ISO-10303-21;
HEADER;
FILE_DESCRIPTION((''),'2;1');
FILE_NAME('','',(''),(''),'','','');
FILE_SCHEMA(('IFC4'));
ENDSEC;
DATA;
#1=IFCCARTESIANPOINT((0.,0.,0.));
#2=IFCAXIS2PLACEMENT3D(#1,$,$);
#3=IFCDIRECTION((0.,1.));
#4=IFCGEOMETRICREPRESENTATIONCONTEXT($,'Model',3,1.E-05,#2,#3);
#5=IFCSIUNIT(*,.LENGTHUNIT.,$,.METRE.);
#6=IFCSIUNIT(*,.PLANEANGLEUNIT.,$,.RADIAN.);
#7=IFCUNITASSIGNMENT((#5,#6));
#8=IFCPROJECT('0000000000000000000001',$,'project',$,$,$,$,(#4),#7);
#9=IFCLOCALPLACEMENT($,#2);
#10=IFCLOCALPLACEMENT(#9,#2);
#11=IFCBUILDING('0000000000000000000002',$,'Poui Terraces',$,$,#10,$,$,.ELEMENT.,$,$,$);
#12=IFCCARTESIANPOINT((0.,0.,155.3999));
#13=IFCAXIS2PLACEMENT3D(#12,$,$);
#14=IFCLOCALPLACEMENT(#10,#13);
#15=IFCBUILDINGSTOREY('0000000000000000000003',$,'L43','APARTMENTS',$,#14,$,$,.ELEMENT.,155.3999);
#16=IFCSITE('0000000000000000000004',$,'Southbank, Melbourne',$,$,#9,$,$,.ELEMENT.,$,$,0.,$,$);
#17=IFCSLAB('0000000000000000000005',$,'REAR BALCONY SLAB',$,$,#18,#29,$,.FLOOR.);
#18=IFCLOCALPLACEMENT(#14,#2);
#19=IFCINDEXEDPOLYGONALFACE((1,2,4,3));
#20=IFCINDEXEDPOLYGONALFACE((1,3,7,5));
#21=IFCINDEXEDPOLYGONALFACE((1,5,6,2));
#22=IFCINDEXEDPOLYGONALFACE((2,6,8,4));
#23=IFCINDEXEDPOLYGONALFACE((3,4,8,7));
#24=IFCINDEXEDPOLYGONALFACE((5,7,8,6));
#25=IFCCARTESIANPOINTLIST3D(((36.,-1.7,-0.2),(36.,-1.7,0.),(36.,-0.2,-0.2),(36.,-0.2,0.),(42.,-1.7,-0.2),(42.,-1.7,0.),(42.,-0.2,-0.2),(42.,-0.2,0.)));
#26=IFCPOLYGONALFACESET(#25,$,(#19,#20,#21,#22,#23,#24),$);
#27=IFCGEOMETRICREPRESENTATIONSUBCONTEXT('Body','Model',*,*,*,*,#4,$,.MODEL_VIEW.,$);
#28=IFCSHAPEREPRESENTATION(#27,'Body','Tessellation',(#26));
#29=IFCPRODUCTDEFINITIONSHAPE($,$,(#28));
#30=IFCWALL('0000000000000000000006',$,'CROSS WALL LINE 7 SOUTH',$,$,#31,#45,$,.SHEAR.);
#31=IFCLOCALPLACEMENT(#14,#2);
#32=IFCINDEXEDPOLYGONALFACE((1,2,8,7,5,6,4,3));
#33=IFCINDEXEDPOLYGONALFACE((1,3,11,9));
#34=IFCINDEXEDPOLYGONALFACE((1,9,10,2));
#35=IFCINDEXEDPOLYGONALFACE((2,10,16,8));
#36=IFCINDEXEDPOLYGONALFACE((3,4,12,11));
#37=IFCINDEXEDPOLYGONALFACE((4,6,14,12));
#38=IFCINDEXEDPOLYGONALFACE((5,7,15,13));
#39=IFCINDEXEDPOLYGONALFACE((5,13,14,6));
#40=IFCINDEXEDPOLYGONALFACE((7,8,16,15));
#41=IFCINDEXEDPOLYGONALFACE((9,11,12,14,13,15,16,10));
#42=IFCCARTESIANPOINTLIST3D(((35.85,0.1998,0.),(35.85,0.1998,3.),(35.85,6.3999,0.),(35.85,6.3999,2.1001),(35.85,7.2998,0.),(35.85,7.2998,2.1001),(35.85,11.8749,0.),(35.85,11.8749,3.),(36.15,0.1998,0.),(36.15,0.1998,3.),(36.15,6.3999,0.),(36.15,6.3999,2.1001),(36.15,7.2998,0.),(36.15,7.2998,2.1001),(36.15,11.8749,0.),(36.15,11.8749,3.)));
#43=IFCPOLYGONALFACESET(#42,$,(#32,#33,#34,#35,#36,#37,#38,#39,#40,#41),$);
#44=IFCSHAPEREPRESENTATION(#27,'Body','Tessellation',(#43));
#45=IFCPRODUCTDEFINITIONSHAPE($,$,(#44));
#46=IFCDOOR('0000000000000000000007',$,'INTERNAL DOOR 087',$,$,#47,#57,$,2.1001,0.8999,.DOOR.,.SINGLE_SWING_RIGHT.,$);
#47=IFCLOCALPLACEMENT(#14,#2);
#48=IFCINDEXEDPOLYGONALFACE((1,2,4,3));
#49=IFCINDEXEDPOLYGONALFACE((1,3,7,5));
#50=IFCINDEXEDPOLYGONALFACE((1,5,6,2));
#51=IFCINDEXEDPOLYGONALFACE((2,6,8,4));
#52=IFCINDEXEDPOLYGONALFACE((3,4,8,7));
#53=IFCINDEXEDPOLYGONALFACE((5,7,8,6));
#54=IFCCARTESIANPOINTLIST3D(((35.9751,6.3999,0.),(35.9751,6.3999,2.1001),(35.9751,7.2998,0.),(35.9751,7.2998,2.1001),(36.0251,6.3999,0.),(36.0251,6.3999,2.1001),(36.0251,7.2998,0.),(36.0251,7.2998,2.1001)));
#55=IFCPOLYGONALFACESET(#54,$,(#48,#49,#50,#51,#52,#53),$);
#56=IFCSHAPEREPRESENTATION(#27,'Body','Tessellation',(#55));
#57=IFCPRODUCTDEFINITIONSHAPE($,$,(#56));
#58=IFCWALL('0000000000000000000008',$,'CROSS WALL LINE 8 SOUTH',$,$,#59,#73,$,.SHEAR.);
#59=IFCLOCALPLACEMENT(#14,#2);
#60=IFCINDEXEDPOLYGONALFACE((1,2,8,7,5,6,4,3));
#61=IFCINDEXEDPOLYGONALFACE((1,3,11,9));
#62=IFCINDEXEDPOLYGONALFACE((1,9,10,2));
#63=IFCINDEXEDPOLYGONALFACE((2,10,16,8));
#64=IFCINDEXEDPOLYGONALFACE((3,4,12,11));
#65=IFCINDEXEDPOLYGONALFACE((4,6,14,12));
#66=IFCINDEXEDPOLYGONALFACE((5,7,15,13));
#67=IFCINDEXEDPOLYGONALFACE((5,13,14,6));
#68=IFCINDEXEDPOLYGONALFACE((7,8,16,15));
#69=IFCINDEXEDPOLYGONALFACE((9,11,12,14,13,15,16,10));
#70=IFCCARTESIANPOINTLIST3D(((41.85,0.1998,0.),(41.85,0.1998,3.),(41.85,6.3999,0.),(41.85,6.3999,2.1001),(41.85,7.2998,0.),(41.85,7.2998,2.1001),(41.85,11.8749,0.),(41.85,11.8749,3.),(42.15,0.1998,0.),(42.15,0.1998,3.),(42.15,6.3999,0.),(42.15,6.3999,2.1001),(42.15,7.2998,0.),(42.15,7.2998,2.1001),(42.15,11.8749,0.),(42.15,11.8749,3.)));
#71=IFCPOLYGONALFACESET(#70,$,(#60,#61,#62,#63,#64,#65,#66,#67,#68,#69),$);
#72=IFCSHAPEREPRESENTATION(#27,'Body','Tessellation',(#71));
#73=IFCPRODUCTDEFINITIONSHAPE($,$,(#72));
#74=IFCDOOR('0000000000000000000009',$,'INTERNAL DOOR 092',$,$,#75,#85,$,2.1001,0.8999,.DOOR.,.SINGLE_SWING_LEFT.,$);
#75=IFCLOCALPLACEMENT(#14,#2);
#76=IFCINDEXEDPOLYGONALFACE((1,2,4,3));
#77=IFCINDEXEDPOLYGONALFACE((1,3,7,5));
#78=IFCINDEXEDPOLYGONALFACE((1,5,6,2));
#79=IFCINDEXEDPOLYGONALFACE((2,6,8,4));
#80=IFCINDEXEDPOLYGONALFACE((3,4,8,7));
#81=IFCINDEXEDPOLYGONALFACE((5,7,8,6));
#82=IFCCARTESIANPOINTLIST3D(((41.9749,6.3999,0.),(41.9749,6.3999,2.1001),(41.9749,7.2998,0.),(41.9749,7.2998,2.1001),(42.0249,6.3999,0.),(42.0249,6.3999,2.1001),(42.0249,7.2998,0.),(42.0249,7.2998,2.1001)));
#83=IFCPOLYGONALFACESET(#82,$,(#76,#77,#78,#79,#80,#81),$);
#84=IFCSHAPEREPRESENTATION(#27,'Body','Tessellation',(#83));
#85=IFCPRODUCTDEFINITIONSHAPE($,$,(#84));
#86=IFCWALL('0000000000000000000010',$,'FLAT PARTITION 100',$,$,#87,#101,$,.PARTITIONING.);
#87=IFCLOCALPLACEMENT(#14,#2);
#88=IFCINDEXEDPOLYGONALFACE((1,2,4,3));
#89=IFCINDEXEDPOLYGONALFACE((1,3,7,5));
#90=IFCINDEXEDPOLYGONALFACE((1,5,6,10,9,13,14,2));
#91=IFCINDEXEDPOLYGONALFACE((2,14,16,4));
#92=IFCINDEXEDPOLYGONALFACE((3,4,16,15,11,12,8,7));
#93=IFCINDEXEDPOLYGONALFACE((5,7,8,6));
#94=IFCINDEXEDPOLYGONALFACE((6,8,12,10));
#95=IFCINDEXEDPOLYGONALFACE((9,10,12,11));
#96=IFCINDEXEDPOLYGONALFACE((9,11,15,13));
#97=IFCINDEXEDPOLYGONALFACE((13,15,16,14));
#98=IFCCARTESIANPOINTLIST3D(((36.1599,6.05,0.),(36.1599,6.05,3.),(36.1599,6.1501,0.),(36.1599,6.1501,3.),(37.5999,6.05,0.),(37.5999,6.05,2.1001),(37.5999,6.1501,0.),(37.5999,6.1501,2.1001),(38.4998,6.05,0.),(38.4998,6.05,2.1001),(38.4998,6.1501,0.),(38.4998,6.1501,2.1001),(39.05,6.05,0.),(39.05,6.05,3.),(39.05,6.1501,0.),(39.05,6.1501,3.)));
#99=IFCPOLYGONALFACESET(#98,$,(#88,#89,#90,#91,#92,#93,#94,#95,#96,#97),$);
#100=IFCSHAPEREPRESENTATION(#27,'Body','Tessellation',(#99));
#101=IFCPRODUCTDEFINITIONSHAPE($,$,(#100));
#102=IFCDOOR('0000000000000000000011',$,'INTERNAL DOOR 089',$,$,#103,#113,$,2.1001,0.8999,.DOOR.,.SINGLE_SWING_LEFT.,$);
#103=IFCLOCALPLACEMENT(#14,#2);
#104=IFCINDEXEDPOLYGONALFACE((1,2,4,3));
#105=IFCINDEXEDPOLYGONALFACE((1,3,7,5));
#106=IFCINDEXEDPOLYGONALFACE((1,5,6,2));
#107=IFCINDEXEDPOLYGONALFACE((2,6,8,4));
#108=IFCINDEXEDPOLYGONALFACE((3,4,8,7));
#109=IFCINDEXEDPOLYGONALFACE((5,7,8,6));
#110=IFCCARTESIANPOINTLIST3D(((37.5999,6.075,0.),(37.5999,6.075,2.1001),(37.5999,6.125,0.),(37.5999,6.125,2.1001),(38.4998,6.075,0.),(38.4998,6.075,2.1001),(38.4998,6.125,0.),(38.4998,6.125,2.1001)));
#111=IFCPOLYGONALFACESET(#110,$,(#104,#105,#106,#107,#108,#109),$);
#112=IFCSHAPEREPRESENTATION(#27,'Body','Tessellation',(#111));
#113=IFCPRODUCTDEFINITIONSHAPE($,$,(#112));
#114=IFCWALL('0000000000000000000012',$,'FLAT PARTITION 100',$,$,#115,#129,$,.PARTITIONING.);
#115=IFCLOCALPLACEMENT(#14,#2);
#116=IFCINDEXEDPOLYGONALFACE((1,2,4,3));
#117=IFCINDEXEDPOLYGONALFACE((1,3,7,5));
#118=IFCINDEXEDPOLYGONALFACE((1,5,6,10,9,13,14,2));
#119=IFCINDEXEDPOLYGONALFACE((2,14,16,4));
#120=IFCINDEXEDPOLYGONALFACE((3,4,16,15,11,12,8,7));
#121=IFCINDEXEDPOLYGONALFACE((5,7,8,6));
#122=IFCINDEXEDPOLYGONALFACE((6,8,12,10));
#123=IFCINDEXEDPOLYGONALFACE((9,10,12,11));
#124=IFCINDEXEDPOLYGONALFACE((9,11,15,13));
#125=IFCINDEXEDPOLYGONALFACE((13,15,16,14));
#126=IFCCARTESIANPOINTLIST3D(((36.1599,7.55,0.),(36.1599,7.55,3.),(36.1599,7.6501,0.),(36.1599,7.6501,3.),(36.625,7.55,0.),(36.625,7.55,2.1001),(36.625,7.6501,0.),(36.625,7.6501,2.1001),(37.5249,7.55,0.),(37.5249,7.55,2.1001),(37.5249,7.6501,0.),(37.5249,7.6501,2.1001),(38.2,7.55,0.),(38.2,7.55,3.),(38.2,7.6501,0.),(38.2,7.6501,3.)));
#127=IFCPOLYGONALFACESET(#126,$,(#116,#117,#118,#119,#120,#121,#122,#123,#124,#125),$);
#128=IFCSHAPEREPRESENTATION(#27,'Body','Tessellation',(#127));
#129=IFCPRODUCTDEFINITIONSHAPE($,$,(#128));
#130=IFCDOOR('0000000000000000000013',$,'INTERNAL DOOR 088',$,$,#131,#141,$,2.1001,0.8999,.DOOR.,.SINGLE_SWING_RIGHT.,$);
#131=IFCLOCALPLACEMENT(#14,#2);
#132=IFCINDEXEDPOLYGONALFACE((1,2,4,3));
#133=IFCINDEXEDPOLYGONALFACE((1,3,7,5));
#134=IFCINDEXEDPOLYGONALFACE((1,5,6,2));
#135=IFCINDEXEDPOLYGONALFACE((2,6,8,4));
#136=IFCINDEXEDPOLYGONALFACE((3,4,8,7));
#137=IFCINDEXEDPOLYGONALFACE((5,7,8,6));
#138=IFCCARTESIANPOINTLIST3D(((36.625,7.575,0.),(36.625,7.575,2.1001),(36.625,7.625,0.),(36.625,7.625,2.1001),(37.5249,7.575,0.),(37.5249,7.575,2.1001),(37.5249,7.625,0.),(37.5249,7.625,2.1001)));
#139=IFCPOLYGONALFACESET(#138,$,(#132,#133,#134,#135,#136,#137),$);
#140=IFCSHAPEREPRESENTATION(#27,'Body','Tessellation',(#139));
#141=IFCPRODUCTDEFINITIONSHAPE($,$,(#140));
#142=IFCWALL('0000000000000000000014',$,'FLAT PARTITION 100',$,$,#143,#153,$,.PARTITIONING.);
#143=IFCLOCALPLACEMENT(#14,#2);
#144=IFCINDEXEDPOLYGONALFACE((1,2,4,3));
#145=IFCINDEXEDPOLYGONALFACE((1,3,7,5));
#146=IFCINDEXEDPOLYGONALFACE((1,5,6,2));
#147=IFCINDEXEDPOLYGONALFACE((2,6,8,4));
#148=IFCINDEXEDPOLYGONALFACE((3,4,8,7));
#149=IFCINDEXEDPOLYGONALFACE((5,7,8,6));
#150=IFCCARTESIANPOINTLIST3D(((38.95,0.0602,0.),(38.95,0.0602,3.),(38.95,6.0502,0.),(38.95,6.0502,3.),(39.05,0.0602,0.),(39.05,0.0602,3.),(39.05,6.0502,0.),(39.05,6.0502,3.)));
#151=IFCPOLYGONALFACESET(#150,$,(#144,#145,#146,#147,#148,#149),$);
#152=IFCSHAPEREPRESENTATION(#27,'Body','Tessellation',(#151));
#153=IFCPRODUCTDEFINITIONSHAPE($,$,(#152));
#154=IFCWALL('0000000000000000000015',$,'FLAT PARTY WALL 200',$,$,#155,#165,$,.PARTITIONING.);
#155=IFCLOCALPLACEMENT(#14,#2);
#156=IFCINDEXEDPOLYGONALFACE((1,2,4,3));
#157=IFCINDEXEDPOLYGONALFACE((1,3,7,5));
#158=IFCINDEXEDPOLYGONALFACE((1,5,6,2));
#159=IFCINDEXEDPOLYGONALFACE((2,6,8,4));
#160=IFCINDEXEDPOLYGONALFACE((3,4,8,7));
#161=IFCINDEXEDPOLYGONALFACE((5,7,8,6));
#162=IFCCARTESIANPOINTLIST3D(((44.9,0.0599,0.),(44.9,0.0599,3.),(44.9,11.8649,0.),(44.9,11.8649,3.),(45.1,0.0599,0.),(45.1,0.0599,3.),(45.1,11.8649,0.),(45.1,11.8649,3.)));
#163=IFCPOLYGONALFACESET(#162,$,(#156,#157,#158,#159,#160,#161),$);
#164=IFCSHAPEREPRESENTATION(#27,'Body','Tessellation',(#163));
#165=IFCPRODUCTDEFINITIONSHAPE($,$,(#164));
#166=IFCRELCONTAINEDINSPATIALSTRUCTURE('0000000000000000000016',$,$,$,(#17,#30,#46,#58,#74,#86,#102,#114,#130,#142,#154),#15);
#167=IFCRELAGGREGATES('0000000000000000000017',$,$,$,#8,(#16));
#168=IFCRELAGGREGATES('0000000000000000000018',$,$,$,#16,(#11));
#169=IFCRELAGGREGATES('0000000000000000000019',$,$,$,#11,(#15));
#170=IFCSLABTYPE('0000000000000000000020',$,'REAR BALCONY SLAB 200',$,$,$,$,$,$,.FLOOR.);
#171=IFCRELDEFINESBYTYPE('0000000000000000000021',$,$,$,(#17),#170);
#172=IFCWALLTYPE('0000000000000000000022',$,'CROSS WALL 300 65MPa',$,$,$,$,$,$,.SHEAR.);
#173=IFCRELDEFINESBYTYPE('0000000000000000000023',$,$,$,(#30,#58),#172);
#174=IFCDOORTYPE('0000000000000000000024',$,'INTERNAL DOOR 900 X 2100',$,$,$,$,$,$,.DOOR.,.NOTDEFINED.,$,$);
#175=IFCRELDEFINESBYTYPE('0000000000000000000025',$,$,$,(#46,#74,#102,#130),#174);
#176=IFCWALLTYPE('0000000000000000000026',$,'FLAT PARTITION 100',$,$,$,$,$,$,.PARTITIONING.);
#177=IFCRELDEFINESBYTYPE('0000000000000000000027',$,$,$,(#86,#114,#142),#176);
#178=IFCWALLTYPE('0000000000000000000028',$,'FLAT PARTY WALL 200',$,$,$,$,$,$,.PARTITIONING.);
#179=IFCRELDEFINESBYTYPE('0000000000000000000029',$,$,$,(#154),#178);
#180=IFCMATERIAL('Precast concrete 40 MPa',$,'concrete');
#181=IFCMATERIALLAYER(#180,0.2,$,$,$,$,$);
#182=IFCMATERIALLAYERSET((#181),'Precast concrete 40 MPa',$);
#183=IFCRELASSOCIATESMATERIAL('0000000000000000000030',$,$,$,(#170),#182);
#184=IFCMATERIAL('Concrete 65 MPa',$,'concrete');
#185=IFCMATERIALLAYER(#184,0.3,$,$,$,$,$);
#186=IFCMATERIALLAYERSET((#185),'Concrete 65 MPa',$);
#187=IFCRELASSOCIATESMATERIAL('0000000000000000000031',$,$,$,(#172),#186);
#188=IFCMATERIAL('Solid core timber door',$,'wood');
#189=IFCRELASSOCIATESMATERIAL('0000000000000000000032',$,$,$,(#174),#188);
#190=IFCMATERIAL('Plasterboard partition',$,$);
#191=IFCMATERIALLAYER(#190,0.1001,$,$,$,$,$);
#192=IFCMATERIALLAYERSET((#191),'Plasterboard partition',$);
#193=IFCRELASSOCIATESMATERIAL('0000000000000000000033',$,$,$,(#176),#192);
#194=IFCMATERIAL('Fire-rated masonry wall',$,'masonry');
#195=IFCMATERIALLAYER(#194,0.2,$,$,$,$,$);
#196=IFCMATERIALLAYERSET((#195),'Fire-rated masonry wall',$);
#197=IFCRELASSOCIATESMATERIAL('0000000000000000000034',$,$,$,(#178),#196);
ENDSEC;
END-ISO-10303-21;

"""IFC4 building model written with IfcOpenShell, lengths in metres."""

from ifc_helpers import new_model, si_unit, direction, frame, frame_2d, origin, place, context, subcontext, project, spatial, polyline, rectangle, outline, extrude, source, transform, mapped, material, layer, layer_set, type_object, element, fill, save


model = new_model("IFC4")

# Units and contexts
model_context = context("Model", 3, precision=1e-05, world=origin(), true_north=direction((0.0, 1.0)))
body_context = subcontext(model_context, "Body", "Model", "MODEL_VIEW")
ifc_project = project(units=[si_unit("LENGTHUNIT", "METRE"), si_unit("PLANEANGLEUNIT", "RADIAN")], contexts=[model_context])

# Site, building, storey
site_placement = place(None, origin())
site = spatial("IfcSite", under=ifc_project, at=site_placement, Name="Southbank, Melbourne", CompositionType="ELEMENT", RefElevation=0.0)
building_placement = place(site_placement, origin())
building = spatial("IfcBuilding", under=site, at=building_placement, Name="Poui Terraces", CompositionType="ELEMENT")
storey_placement = place(building_placement, frame((0.0, 0.0, 155.3999)))
storey = spatial("IfcBuildingStorey", under=building, at=storey_placement, Name="L43", Description="APARTMENTS", CompositionType="ELEMENT", Elevation=155.3999)

# Slab
ifc_material_1 = material(Name="Precast concrete 40 MPa", Category="concrete")
ifc_layer_1 = layer(ifc_material_1, 0.2)
ifc_layer_set_1 = layer_set([ifc_layer_1], Name="Precast concrete 40 MPa")
slab_type = type_object("IfcSlabType", Name="REAR BALCONY SLAB 200", PredefinedType="FLOOR", material=ifc_layer_set_1)
shared_shape_1 = source(origin(), body_context, "Body", "SweptSolid", [
    extrude(outline(polyline([(0.0, 0.0), (6.0, 0.0), (6.0, 1.5), (0.0, 1.5), (0.0, 0.0)])), origin(), (0.0, 0.0, 1.0), 0.2),
])
slab_placement = place(storey_placement, frame((36.0, -1.7, -0.2)))
element("IfcSlab", 1, at=slab_placement, inside=storey, type_object=slab_type, Name="REAR BALCONY SLAB", PredefinedType="FLOOR", context=body_context, shape_type="MappedRepresentation", body=[
    mapped(shared_shape_1, transform((0.0, 0.0, 0.0))),
])

# Walls, openings, doors
ifc_material_2 = material(Name="Concrete 65 MPa", Category="concrete")
ifc_layer_2 = layer(ifc_material_2, 0.3)
ifc_layer_set_2 = layer_set([ifc_layer_2], Name="Concrete 65 MPa")
wall_type_1 = type_object("IfcWallType", Name="CROSS WALL 300 65MPa", PredefinedType="SHEAR", material=ifc_layer_set_2)
wall_1_placement = place(storey_placement, frame((36.0, 0.2, 0.0), z_axis=(0.0, 0.0, 1.0), x_axis=(0.0, 1.0, 0.0)))
wall_1 = element("IfcWall", 2, at=wall_1_placement, inside=storey, type_object=wall_type_1, Name="CROSS WALL LINE 7 SOUTH", PredefinedType="SHEAR", context=body_context, shape_type="SweptSolid", body=[
    extrude(rectangle(XDim=11.675, YDim=0.3, at=frame_2d((5.8374, 0.0))), origin(), (0.0, 0.0, 1.0), 3.0),
])
opening_1_placement = place(wall_1_placement, frame((6.2, 0.0, 0.0)))
opening_1 = element("IfcOpeningElement", 3, at=opening_1_placement, cuts=wall_1, PredefinedType="OPENING", context=body_context, shape_type="SweptSolid", body=[
    extrude(rectangle(XDim=0.8999, YDim=2.1001, at=frame_2d((0.45, 1.05))), frame((0.0, 0.1602, 0.0), z_axis=(0.0, -1.0, 0.0), x_axis=(1.0, 0.0, 0.0)), (0.0, 0.0, 1.0), 0.3201),
])
ifc_material_3 = material(Name="Solid core timber door", Category="wood")
door_type = type_object("IfcDoorType", Name="INTERNAL DOOR 900 X 2100", OperationType="NOTDEFINED", PredefinedType="DOOR", material=ifc_material_3)
door_1_placement = place(opening_1_placement, origin())
door_1 = element("IfcDoor", 4, at=door_1_placement, inside=storey, type_object=door_type, Name="INTERNAL DOOR 087", OperationType="SINGLE_SWING_RIGHT", OverallHeight=2.1001, OverallWidth=0.8999, PredefinedType="DOOR", context=body_context, shape_type="SweptSolid", body=[
    extrude(rectangle(XDim=0.8999, YDim=2.1001, at=frame_2d((0.45, 1.05))), frame((0.0, 0.0249, 0.0), z_axis=(0.0, -1.0, 0.0), x_axis=(1.0, 0.0, 0.0)), (0.0, 0.0, 1.0), 0.05),
])
fill(opening_1, door_1)
wall_2_placement = place(storey_placement, frame((42.0, 0.2, 0.0), z_axis=(0.0, 0.0, 1.0), x_axis=(0.0, 1.0, 0.0)))
wall_2 = element("IfcWall", 5, at=wall_2_placement, inside=storey, type_object=wall_type_1, Name="CROSS WALL LINE 8 SOUTH", PredefinedType="SHEAR", context=body_context, shape_type="SweptSolid", body=[
    extrude(rectangle(XDim=11.675, YDim=0.3, at=frame_2d((5.8374, 0.0))), origin(), (0.0, 0.0, 1.0), 3.0),
])
opening_2_placement = place(wall_2_placement, frame((6.2, 0.0, 0.0)))
opening_2 = element("IfcOpeningElement", 6, at=opening_2_placement, cuts=wall_2, PredefinedType="OPENING", context=body_context, shape_type="SweptSolid", body=[
    extrude(rectangle(XDim=0.8999, YDim=2.1001, at=frame_2d((0.45, 1.05))), frame((0.0, 0.1602, 0.0), z_axis=(0.0, -1.0, 0.0), x_axis=(1.0, 0.0, 0.0)), (0.0, 0.0, 1.0), 0.3201),
])
door_2_placement = place(opening_2_placement, frame((0.8999, 0.0, 0.0), z_axis=(0.0, 0.0, 1.0), x_axis=(-1.0, 0.0, 0.0)))
door_2 = element("IfcDoor", 7, at=door_2_placement, inside=storey, type_object=door_type, Name="INTERNAL DOOR 092", OperationType="SINGLE_SWING_LEFT", OverallHeight=2.1001, OverallWidth=0.8999, PredefinedType="DOOR", context=body_context, shape_type="SweptSolid", body=[
    extrude(rectangle(XDim=0.8999, YDim=2.1001, at=frame_2d((0.45, 1.05))), frame((0.0, 0.0249, 0.0), z_axis=(0.0, -1.0, 0.0), x_axis=(1.0, 0.0, 0.0)), (0.0, 0.0, 1.0), 0.05),
])
fill(opening_2, door_2)
ifc_material_4 = material(Name="Plasterboard partition")
ifc_layer_3 = layer(ifc_material_4, 0.1001)
ifc_layer_set_3 = layer_set([ifc_layer_3], Name="Plasterboard partition")
wall_type_2 = type_object("IfcWallType", Name="FLAT PARTITION 100", PredefinedType="PARTITIONING", material=ifc_layer_set_3)
wall_3_placement = place(storey_placement, frame((36.1599, 6.1001, 0.0), z_axis=(0.0, 0.0, 1.0), x_axis=(1.0, 0.0, 0.0)))
wall_3 = element("IfcWall", 8, at=wall_3_placement, inside=storey, type_object=wall_type_2, Name="FLAT PARTITION 100", PredefinedType="PARTITIONING", context=body_context, shape_type="SweptSolid", body=[
    extrude(rectangle(XDim=2.8901, YDim=0.1001, at=frame_2d((1.4451, 0.0))), origin(), (0.0, 0.0, 1.0), 3.0),
])
opening_3_placement = place(wall_3_placement, frame((1.4399, 0.0, 0.0)))
opening_3 = element("IfcOpeningElement", 9, at=opening_3_placement, cuts=wall_3, PredefinedType="OPENING", context=body_context, shape_type="SweptSolid", body=[
    extrude(rectangle(XDim=0.8999, YDim=2.1001, at=frame_2d((0.45, 1.05))), frame((0.0, 0.0601, 0.0), z_axis=(0.0, -1.0, 0.0), x_axis=(1.0, 0.0, 0.0)), (0.0, 0.0, 1.0), 0.1201),
])
door_3_placement = place(opening_3_placement, origin())
door_3 = element("IfcDoor", 10, at=door_3_placement, inside=storey, type_object=door_type, Name="INTERNAL DOOR 089", OperationType="SINGLE_SWING_LEFT", OverallHeight=2.1001, OverallWidth=0.8999, PredefinedType="DOOR", context=body_context, shape_type="SweptSolid", body=[
    extrude(rectangle(XDim=0.8999, YDim=2.1001, at=frame_2d((0.45, 1.05))), frame((0.0, 0.0249, 0.0), z_axis=(0.0, -1.0, 0.0), x_axis=(1.0, 0.0, 0.0)), (0.0, 0.0, 1.0), 0.05),
])
fill(opening_3, door_3)
wall_4_placement = place(storey_placement, frame((36.1599, 7.6001, 0.0), z_axis=(0.0, 0.0, 1.0), x_axis=(1.0, 0.0, 0.0)))
wall_4 = element("IfcWall", 11, at=wall_4_placement, inside=storey, type_object=wall_type_2, Name="FLAT PARTITION 100", PredefinedType="PARTITIONING", context=body_context, shape_type="SweptSolid", body=[
    extrude(rectangle(XDim=2.04, YDim=0.1001, at=frame_2d((1.02, 0.0))), origin(), (0.0, 0.0, 1.0), 3.0),
])
opening_4_placement = place(wall_4_placement, frame((0.4651, 0.0, 0.0)))
opening_4 = element("IfcOpeningElement", 12, at=opening_4_placement, cuts=wall_4, PredefinedType="OPENING", context=body_context, shape_type="SweptSolid", body=[
    extrude(rectangle(XDim=0.8999, YDim=2.1001, at=frame_2d((0.45, 1.05))), frame((0.0, 0.0601, 0.0), z_axis=(0.0, -1.0, 0.0), x_axis=(1.0, 0.0, 0.0)), (0.0, 0.0, 1.0), 0.1201),
])
door_4_placement = place(opening_4_placement, origin())
door_4 = element("IfcDoor", 13, at=door_4_placement, inside=storey, type_object=door_type, Name="INTERNAL DOOR 088", OperationType="SINGLE_SWING_RIGHT", OverallHeight=2.1001, OverallWidth=0.8999, PredefinedType="DOOR", context=body_context, shape_type="SweptSolid", body=[
    extrude(rectangle(XDim=0.8999, YDim=2.1001, at=frame_2d((0.45, 1.05))), frame((0.0, 0.0249, 0.0), z_axis=(0.0, -1.0, 0.0), x_axis=(1.0, 0.0, 0.0)), (0.0, 0.0, 1.0), 0.05),
])
fill(opening_4, door_4)

# Walls
wall_5_placement = place(storey_placement, frame((39.0, 0.0601, 0.0), z_axis=(0.0, 0.0, 1.0), x_axis=(0.0, 1.0, 0.0)))
element("IfcWall", 14, at=wall_5_placement, inside=storey, type_object=wall_type_2, Name="FLAT PARTITION 100", PredefinedType="PARTITIONING", context=body_context, shape_type="SweptSolid", body=[
    extrude(rectangle(XDim=5.99, YDim=0.1001, at=frame_2d((2.9951, 0.0))), origin(), (0.0, 0.0, 1.0), 3.0),
])
ifc_material_5 = material(Name="Fire-rated masonry wall", Category="masonry")
ifc_layer_4 = layer(ifc_material_5, 0.2)
ifc_layer_set_4 = layer_set([ifc_layer_4], Name="Fire-rated masonry wall")
wall_type_3 = type_object("IfcWallType", Name="FLAT PARTY WALL 200", PredefinedType="PARTITIONING", material=ifc_layer_set_4)
wall_6_placement = place(storey_placement, frame((45.0, 0.0601, 0.0), z_axis=(0.0, 0.0, 1.0), x_axis=(0.0, 1.0, 0.0)))
element("IfcWall", 15, at=wall_6_placement, inside=storey, type_object=wall_type_3, Name="FLAT PARTY WALL 200", PredefinedType="PARTITIONING", context=body_context, shape_type="SweptSolid", body=[
    extrude(rectangle(XDim=11.8049, YDim=0.2, at=frame_2d((5.9023, 0.0))), origin(), (0.0, 0.0, 1.0), 3.0),
])

save(model, "model.ifc")
